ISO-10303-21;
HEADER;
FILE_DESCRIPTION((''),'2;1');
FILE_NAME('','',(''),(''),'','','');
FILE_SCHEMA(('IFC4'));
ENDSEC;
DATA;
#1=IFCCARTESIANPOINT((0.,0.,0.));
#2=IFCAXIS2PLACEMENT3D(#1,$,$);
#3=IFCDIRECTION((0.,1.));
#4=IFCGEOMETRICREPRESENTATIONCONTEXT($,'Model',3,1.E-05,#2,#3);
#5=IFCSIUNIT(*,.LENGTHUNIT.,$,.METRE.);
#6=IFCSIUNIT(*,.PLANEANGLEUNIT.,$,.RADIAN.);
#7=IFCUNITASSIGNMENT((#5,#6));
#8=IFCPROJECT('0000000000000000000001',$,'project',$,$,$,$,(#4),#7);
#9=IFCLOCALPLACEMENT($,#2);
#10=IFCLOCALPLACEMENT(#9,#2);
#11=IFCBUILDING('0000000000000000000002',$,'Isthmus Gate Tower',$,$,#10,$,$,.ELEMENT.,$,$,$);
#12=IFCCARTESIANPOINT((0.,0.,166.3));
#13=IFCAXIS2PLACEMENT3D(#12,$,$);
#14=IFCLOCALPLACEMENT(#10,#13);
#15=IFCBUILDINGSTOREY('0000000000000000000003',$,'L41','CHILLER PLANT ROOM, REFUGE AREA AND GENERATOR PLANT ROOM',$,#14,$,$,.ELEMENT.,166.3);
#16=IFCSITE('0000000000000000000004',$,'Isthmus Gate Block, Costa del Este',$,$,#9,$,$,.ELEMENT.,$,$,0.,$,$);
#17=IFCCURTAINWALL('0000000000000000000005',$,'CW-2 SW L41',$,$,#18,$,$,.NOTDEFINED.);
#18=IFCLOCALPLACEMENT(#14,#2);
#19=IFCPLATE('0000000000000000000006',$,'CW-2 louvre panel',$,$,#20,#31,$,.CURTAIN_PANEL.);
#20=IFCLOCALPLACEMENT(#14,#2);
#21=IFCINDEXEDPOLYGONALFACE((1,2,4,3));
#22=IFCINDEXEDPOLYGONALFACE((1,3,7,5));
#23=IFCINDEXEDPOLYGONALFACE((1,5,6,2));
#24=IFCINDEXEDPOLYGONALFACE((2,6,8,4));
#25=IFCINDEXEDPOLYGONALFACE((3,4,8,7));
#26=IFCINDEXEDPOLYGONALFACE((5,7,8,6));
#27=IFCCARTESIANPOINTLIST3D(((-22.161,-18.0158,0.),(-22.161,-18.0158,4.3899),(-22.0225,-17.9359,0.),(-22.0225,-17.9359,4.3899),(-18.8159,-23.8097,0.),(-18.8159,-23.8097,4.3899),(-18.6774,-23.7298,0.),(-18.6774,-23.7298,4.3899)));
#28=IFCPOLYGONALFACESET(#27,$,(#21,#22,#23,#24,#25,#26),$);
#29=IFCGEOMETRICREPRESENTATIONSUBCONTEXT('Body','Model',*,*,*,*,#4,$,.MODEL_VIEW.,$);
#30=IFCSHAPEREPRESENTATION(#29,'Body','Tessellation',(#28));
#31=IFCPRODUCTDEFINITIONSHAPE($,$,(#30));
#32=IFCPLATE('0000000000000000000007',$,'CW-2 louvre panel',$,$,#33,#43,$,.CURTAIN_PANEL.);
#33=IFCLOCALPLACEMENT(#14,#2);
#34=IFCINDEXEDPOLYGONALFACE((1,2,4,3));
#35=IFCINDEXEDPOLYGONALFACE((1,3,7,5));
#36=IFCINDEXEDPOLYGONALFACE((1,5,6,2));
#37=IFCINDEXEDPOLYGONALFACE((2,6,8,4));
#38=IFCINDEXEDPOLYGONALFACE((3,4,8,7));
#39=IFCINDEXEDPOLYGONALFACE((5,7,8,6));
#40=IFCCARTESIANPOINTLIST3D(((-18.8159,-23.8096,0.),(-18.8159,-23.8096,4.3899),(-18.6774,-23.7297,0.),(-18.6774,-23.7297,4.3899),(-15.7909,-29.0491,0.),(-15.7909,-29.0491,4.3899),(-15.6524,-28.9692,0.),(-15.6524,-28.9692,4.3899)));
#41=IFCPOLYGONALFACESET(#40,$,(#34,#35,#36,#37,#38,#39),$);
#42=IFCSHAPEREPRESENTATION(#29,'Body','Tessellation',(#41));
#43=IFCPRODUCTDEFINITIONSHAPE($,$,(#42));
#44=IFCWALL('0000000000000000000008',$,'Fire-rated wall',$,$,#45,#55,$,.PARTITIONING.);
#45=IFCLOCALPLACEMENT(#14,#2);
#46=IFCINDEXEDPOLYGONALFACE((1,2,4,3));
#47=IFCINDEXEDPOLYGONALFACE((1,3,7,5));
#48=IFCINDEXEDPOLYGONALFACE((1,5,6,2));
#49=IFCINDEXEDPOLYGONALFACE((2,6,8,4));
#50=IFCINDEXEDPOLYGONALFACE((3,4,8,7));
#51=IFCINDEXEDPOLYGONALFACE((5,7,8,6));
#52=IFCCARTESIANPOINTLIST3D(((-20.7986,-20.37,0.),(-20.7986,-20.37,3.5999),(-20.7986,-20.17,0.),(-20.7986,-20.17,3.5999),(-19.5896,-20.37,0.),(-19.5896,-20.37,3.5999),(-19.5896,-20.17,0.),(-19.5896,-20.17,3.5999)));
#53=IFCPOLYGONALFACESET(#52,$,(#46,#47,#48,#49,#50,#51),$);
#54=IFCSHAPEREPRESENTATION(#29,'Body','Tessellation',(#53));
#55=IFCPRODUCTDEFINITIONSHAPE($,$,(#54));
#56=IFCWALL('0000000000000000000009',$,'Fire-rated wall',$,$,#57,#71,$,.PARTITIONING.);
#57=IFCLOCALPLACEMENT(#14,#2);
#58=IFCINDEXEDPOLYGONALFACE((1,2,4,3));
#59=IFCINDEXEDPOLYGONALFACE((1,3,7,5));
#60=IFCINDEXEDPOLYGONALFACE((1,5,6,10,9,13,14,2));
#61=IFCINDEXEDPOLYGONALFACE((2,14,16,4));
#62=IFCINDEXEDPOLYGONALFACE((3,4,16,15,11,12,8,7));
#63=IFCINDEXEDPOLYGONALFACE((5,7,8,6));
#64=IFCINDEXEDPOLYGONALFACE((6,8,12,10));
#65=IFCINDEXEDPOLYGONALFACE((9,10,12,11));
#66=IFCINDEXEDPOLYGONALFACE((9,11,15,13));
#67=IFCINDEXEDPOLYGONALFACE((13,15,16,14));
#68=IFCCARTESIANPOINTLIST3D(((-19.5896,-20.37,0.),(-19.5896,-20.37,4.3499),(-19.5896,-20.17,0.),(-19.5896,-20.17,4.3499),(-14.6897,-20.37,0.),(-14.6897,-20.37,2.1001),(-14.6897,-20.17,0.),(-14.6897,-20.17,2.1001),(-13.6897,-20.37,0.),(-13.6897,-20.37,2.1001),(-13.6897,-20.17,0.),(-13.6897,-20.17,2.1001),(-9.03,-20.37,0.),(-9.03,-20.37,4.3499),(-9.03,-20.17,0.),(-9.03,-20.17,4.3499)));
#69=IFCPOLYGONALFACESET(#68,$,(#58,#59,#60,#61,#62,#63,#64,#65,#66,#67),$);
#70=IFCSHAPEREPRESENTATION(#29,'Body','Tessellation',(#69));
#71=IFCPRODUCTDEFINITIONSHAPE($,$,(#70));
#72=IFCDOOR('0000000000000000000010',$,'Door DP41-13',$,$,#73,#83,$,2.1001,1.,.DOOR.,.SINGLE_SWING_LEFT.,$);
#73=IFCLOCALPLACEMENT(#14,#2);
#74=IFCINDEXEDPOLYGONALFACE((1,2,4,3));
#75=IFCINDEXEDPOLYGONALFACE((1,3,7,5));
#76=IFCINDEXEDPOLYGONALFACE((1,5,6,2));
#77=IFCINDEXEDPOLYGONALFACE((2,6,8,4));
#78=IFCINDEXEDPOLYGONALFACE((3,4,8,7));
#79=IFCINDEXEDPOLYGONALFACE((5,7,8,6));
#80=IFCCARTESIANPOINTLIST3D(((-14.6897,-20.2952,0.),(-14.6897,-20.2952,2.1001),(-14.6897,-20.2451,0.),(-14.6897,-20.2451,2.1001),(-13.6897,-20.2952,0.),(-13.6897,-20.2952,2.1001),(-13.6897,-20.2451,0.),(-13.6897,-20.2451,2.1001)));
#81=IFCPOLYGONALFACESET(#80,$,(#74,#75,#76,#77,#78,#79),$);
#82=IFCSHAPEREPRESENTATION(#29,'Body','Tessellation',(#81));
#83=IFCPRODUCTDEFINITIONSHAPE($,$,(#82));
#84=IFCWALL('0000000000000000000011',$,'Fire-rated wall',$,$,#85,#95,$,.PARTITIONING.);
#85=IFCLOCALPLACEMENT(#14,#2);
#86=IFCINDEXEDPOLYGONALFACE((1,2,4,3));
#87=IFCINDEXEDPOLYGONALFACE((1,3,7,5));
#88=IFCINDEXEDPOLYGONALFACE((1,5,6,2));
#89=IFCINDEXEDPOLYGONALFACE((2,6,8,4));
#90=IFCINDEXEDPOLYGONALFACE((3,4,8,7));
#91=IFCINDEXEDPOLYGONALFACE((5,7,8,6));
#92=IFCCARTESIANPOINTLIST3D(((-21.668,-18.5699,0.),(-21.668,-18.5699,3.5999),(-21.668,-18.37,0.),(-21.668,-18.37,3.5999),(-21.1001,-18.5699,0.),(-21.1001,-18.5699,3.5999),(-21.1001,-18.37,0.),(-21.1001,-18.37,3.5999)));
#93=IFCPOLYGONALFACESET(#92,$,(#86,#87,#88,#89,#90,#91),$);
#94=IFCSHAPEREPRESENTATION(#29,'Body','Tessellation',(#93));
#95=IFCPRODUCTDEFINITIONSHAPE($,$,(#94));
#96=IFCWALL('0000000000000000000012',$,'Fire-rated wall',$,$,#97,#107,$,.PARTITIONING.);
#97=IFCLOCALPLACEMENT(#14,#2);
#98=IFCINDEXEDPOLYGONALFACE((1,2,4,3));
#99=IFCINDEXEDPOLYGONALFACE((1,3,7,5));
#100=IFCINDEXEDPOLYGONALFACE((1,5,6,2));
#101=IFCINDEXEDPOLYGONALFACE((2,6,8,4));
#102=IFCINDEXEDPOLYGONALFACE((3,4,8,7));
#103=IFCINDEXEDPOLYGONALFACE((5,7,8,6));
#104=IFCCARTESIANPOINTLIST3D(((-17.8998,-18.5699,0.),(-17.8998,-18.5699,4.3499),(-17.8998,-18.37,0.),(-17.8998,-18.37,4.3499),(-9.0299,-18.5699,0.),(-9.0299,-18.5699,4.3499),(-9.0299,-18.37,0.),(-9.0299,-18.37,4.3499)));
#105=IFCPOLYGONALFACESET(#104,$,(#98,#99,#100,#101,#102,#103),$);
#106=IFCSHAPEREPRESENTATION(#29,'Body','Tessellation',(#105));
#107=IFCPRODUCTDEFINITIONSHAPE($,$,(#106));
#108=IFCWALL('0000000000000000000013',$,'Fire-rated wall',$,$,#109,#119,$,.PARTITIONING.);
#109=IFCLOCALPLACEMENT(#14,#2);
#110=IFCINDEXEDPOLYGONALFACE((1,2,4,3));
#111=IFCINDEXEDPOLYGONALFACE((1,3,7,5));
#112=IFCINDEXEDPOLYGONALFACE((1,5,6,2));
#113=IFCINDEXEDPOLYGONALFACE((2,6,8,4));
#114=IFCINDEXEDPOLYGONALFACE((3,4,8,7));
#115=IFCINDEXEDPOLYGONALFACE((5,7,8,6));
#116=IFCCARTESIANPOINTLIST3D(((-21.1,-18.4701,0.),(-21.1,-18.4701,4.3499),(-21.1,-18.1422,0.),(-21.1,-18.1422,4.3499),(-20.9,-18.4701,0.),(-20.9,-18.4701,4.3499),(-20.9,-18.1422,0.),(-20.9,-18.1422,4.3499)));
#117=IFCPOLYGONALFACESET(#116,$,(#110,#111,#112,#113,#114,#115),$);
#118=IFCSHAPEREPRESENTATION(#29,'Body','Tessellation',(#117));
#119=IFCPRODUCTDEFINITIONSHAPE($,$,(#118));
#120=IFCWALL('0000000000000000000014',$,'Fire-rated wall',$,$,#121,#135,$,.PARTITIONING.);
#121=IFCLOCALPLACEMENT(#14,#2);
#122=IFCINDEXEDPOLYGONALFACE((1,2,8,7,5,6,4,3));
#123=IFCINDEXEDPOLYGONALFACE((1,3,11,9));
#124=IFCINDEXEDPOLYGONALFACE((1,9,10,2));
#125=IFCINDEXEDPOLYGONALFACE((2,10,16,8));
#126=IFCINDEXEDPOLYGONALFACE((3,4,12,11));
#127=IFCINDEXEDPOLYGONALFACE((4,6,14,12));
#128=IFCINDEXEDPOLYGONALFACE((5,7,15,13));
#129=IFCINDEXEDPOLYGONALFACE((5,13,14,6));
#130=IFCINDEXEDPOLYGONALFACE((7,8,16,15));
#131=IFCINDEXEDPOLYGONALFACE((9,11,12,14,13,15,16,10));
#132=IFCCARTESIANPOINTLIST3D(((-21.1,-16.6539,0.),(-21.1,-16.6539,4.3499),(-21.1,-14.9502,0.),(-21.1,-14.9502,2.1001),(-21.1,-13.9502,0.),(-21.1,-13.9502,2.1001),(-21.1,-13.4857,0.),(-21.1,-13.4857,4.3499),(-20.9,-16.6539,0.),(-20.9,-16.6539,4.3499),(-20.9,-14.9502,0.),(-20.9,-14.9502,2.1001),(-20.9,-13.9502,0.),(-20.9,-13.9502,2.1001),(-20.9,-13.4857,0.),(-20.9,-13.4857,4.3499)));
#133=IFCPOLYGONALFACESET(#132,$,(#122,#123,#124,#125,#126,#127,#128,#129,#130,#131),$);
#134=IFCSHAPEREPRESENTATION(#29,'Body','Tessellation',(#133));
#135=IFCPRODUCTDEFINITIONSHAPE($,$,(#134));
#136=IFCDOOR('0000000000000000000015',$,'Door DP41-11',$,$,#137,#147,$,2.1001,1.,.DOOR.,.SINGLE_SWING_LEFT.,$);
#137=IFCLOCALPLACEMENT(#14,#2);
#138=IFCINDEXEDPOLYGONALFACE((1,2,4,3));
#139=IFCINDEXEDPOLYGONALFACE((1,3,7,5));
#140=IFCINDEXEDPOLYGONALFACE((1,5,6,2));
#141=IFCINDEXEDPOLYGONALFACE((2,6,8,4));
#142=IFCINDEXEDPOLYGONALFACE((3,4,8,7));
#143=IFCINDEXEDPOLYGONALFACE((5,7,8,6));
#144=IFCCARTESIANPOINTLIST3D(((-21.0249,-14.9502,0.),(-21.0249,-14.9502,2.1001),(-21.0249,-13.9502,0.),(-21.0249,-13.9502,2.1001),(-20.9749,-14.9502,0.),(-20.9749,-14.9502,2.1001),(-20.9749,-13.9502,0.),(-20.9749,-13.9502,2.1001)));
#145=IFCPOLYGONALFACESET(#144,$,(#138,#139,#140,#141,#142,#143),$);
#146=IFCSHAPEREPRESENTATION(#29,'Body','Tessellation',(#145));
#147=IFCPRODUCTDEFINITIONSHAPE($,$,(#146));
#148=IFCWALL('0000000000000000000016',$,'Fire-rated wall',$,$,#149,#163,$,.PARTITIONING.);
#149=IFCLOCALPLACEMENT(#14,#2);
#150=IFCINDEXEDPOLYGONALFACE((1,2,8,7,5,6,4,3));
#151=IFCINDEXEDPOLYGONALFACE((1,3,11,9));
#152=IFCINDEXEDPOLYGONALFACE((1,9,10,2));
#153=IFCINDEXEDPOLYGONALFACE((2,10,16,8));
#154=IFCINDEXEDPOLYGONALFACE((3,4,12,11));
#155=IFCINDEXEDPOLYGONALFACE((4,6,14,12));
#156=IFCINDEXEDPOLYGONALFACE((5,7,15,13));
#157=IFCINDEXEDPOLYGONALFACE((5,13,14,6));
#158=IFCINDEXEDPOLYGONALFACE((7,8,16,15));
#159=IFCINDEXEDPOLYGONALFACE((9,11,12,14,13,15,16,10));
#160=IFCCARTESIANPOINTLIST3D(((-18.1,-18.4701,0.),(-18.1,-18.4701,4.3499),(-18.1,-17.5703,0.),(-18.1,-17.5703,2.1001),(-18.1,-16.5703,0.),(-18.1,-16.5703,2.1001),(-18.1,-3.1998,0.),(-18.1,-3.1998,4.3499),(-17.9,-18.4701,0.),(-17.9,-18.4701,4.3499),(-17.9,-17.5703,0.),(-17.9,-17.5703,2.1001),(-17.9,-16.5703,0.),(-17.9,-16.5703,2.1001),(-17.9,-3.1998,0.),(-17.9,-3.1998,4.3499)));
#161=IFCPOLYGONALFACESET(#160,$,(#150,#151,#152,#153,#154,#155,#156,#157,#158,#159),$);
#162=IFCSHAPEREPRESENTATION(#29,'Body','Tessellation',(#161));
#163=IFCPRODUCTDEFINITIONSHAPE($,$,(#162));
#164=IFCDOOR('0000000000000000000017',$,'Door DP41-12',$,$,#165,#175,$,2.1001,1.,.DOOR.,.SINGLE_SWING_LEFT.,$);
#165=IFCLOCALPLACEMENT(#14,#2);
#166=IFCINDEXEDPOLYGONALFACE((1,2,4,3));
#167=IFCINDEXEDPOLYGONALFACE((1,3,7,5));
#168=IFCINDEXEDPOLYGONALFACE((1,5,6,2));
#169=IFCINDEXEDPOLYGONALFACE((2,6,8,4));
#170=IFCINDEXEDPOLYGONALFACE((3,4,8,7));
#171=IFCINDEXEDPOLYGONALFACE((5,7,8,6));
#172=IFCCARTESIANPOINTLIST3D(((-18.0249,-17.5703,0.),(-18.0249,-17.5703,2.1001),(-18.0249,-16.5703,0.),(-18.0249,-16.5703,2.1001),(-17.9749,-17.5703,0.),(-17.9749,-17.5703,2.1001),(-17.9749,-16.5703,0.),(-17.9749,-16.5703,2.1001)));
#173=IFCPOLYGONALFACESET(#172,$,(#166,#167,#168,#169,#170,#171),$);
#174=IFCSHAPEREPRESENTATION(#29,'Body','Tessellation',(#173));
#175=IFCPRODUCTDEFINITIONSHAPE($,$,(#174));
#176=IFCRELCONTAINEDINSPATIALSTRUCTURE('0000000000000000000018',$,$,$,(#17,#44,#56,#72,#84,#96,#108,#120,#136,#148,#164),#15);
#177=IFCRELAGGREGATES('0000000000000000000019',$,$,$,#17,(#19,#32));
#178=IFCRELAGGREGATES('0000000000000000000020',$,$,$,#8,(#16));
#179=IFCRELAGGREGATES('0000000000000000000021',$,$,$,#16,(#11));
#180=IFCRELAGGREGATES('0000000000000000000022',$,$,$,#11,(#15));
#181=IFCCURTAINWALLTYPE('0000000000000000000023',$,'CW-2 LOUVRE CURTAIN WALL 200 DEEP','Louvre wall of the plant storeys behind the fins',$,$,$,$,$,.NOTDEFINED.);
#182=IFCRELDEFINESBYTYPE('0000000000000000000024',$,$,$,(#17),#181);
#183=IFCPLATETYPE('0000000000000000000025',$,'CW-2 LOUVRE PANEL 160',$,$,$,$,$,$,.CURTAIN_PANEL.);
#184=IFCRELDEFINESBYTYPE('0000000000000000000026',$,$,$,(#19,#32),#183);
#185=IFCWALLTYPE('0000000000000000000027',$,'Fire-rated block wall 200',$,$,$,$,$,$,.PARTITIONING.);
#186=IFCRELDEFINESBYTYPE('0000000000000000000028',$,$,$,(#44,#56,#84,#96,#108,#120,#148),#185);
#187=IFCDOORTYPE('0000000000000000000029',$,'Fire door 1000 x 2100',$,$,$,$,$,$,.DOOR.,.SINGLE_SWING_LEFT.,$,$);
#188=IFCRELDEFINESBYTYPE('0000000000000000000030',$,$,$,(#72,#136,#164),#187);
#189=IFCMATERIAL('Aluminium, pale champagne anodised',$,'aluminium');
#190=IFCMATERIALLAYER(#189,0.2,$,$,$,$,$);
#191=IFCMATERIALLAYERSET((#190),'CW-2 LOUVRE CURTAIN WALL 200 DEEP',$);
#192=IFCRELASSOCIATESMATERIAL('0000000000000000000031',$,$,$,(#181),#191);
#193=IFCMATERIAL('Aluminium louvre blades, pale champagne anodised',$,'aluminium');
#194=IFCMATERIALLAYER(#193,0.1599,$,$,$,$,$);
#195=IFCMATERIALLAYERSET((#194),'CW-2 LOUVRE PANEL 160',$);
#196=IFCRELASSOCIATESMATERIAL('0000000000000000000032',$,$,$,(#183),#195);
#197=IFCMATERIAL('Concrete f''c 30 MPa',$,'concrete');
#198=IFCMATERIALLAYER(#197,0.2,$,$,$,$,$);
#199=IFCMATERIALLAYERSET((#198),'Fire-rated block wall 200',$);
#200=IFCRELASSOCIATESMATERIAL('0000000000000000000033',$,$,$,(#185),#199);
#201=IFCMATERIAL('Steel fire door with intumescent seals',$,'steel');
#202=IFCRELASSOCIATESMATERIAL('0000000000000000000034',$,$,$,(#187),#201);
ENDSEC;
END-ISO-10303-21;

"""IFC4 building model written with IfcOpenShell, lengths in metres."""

from ifc_helpers import new_model, si_unit, direction, frame, frame_2d, origin, origin_2d, place, context, subcontext, project, spatial, rectangle, extrude, material, layer, layer_set, type_object, element, fill, aggregate, save


model = new_model("IFC4")

# Units and contexts
model_context = context("Model", 3, precision=1e-05, world=origin(), true_north=direction((0.0, 1.0)))
body_context = subcontext(model_context, "Body", "Model", "MODEL_VIEW")
ifc_project = project(units=[si_unit("LENGTHUNIT", "METRE"), si_unit("PLANEANGLEUNIT", "RADIAN")], contexts=[model_context])

# Site, building, storey
site_placement = place(None, origin())
site = spatial("IfcSite", under=ifc_project, at=site_placement, Name="Isthmus Gate Block, Costa del Este", CompositionType="ELEMENT", RefElevation=0.0)
building_placement = place(site_placement, origin())
building = spatial("IfcBuilding", under=site, at=building_placement, Name="Isthmus Gate Tower", CompositionType="ELEMENT")
storey_placement = place(building_placement, frame((0.0, 0.0, 166.3)))
storey = spatial("IfcBuildingStorey", under=building, at=storey_placement, Name="L41", Description="CHILLER PLANT ROOM, REFUGE AREA AND GENERATOR PLANT ROOM", CompositionType="ELEMENT", Elevation=166.3)

# Curtain wall
ifc_material_1 = material(Name="Aluminium, pale champagne anodised", Category="aluminium")
ifc_layer_1 = layer(ifc_material_1, 0.2)
ifc_layer_set_1 = layer_set([ifc_layer_1], Name="CW-2 LOUVRE CURTAIN WALL 200 DEEP")
curtain_wall_type = type_object("IfcCurtainWallType", Name="CW-2 LOUVRE CURTAIN WALL 200 DEEP", Description="Louvre wall of the plant storeys behind the fins", PredefinedType="NOTDEFINED", material=ifc_layer_set_1)
curtain_wall_1_placement = place(storey_placement, origin())
curtain_wall_1 = element("IfcCurtainWall", 1, at=curtain_wall_1_placement, inside=storey, type_object=curtain_wall_type, Name="CW-2 SW L41", PredefinedType="NOTDEFINED")

# Plates
ifc_material_2 = material(Name="Aluminium louvre blades, pale champagne anodised", Category="aluminium")
ifc_layer_2 = layer(ifc_material_2, 0.1599)
ifc_layer_set_2 = layer_set([ifc_layer_2], Name="CW-2 LOUVRE PANEL 160")
plate_type = type_object("IfcPlateType", Name="CW-2 LOUVRE PANEL 160", PredefinedType="CURTAIN_PANEL", material=ifc_layer_set_2)
plate_1_placement = place(storey_placement, frame((-20.4192, -20.8728, 0.0), z_axis=(0.0, 0.0, 1.0), x_axis=(0.5, -0.866025, 0.0)))
plate_1 = element("IfcPlate", 2, at=plate_1_placement, type_object=plate_type, Name="CW-2 louvre panel", PredefinedType="CURTAIN_PANEL", context=body_context, shape_type="SweptSolid", body=[
    extrude(rectangle(XDim=6.6902, YDim=0.1599, at=origin_2d()), origin(), (0.0, 0.0, 1.0), 4.3899),
])
plate_2_placement = place(storey_placement, frame((-17.2341, -26.3894, 0.0), z_axis=(0.0, 0.0, 1.0), x_axis=(0.5, -0.866025, 0.0)))
plate_2 = element("IfcPlate", 3, at=plate_2_placement, type_object=plate_type, Name="CW-2 louvre panel", PredefinedType="CURTAIN_PANEL", context=body_context, shape_type="SweptSolid", body=[
    extrude(rectangle(XDim=6.05, YDim=0.1599, at=origin_2d()), origin(), (0.0, 0.0, 1.0), 4.3899),
])
aggregate(curtain_wall_1, [plate_1, plate_2])

# Wall
ifc_material_3 = material(Name="Concrete f'c 30 MPa", Category="concrete")
ifc_layer_3 = layer(ifc_material_3, 0.2)
ifc_layer_set_3 = layer_set([ifc_layer_3], Name="Fire-rated block wall 200")
wall_type = type_object("IfcWallType", Name="Fire-rated block wall 200", PredefinedType="PARTITIONING", material=ifc_layer_set_3)
wall_1_placement = place(storey_placement, frame((-20.7986, -20.27, 0.0), z_axis=(0.0, 0.0, 1.0), x_axis=(1.0, 0.0, 0.0)))
element("IfcWall", 4, at=wall_1_placement, inside=storey, type_object=wall_type, Name="Fire-rated wall", PredefinedType="PARTITIONING", context=body_context, shape_type="SweptSolid", body=[
    extrude(rectangle(XDim=1.209, YDim=0.2, at=frame_2d((0.6045, 0.0))), origin(), (0.0, 0.0, 1.0), 3.5999),
])

# Wall, opening, door
wall_2_placement = place(storey_placement, frame((-19.5896, -20.27, 0.0), z_axis=(0.0, 0.0, 1.0), x_axis=(1.0, 0.0, 0.0)))
wall_2 = element("IfcWall", 5, at=wall_2_placement, inside=storey, type_object=wall_type, Name="Fire-rated wall", PredefinedType="PARTITIONING", context=body_context, shape_type="SweptSolid", body=[
    extrude(rectangle(XDim=10.5596, YDim=0.2, at=frame_2d((5.2798, 0.0))), origin(), (0.0, 0.0, 1.0), 4.3499),
])
opening_1_placement = place(wall_2_placement, frame((4.8999, 0.0, 0.0)))
opening_1 = element("IfcOpeningElement", 6, at=opening_1_placement, cuts=wall_2, PredefinedType="OPENING", context=body_context, shape_type="SweptSolid", body=[
    extrude(rectangle(XDim=1.0, YDim=2.1001, at=frame_2d((0.5, 1.05))), frame((0.0, 0.1099, 0.0), z_axis=(0.0, -1.0, 0.0), x_axis=(1.0, 0.0, 0.0)), (0.0, 0.0, 1.0), 0.22),
])
ifc_material_4 = material(Name="Steel fire door with intumescent seals", Category="steel")
door_type = type_object("IfcDoorType", Name="Fire door 1000 x 2100", OperationType="SINGLE_SWING_LEFT", PredefinedType="DOOR", material=ifc_material_4)
door_1_placement = place(opening_1_placement, origin())
door_1 = element("IfcDoor", 7, at=door_1_placement, inside=storey, type_object=door_type, Name="Door DP41-13", OperationType="SINGLE_SWING_LEFT", OverallHeight=2.1001, OverallWidth=1.0, PredefinedType="DOOR", context=body_context, shape_type="SweptSolid", body=[
    extrude(rectangle(XDim=1.0, YDim=2.1001, at=frame_2d((0.5, 1.05))), frame((0.0, 0.0249, 0.0), z_axis=(0.0, -1.0, 0.0), x_axis=(1.0, 0.0, 0.0)), (0.0, 0.0, 1.0), 0.05),
])
fill(opening_1, door_1)

# Walls
wall_3_placement = place(storey_placement, frame((-21.668, -18.47, 0.0), z_axis=(0.0, 0.0, 1.0), x_axis=(1.0, 0.0, 0.0)))
element("IfcWall", 8, at=wall_3_placement, inside=storey, type_object=wall_type, Name="Fire-rated wall", PredefinedType="PARTITIONING", context=body_context, shape_type="SweptSolid", body=[
    extrude(rectangle(XDim=0.5679, YDim=0.2, at=frame_2d((0.2839, 0.0))), origin(), (0.0, 0.0, 1.0), 3.5999),
])
wall_4_placement = place(storey_placement, frame((-17.8999, -18.47, 0.0), z_axis=(0.0, 0.0, 1.0), x_axis=(1.0, 0.0, 0.0)))
element("IfcWall", 9, at=wall_4_placement, inside=storey, type_object=wall_type, Name="Fire-rated wall", PredefinedType="PARTITIONING", context=body_context, shape_type="SweptSolid", body=[
    extrude(rectangle(XDim=8.8699, YDim=0.2, at=frame_2d((4.4351, 0.0))), origin(), (0.0, 0.0, 1.0), 4.3499),
])
wall_5_placement = place(storey_placement, frame((-21.0, -18.4702, 0.0), z_axis=(0.0, 0.0, 1.0), x_axis=(0.0, 1.0, 0.0)))
element("IfcWall", 10, at=wall_5_placement, inside=storey, type_object=wall_type, Name="Fire-rated wall", PredefinedType="PARTITIONING", context=body_context, shape_type="SweptSolid", body=[
    extrude(rectangle(XDim=0.3279, YDim=0.2, at=frame_2d((0.1641, 0.0))), origin(), (0.0, 0.0, 1.0), 4.3499),
])

# Walls, openings, doors
wall_6_placement = place(storey_placement, frame((-21.0, -16.6538, 0.0), z_axis=(0.0, 0.0, 1.0), x_axis=(0.0, 1.0, 0.0)))
wall_6 = element("IfcWall", 11, at=wall_6_placement, inside=storey, type_object=wall_type, Name="Fire-rated wall", PredefinedType="PARTITIONING", context=body_context, shape_type="SweptSolid", body=[
    extrude(rectangle(XDim=3.1682, YDim=0.2, at=frame_2d((1.584, 0.0))), origin(), (0.0, 0.0, 1.0), 4.3499),
])
opening_2_placement = place(wall_6_placement, frame((1.7036, 0.0, 0.0)))
opening_2 = element("IfcOpeningElement", 12, at=opening_2_placement, cuts=wall_6, PredefinedType="OPENING", context=body_context, shape_type="SweptSolid", body=[
    extrude(rectangle(XDim=1.0, YDim=2.1001, at=frame_2d((0.5, 1.05))), frame((0.0, 0.1099, 0.0), z_axis=(0.0, -1.0, 0.0), x_axis=(1.0, 0.0, 0.0)), (0.0, 0.0, 1.0), 0.22),
])
door_2_placement = place(opening_2_placement, origin())
door_2 = element("IfcDoor", 13, at=door_2_placement, inside=storey, type_object=door_type, Name="Door DP41-11", OperationType="SINGLE_SWING_LEFT", OverallHeight=2.1001, OverallWidth=1.0, PredefinedType="DOOR", context=body_context, shape_type="SweptSolid", body=[
    extrude(rectangle(XDim=1.0, YDim=2.1001, at=frame_2d((0.5, 1.05))), frame((0.0, 0.0249, 0.0), z_axis=(0.0, -1.0, 0.0), x_axis=(1.0, 0.0, 0.0)), (0.0, 0.0, 1.0), 0.05),
])
fill(opening_2, door_2)
wall_7_placement = place(storey_placement, frame((-18.0, -18.4702, 0.0), z_axis=(0.0, 0.0, 1.0), x_axis=(0.0, 1.0, 0.0)))
wall_7 = element("IfcWall", 14, at=wall_7_placement, inside=storey, type_object=wall_type, Name="Fire-rated wall", PredefinedType="PARTITIONING", context=body_context, shape_type="SweptSolid", body=[
    extrude(rectangle(XDim=15.2703, YDim=0.2, at=frame_2d((7.6353, 0.0))), origin(), (0.0, 0.0, 1.0), 4.3499),
])
opening_3_placement = place(wall_7_placement, frame((0.8999, 0.0, 0.0)))
opening_3 = element("IfcOpeningElement", 15, at=opening_3_placement, cuts=wall_7, PredefinedType="OPENING", context=body_context, shape_type="SweptSolid", body=[
    extrude(rectangle(XDim=1.0, YDim=2.1001, at=frame_2d((0.5, 1.05))), frame((0.0, 0.1099, 0.0), z_axis=(0.0, -1.0, 0.0), x_axis=(1.0, 0.0, 0.0)), (0.0, 0.0, 1.0), 0.22),
])
door_3_placement = place(opening_3_placement, origin())
door_3 = element("IfcDoor", 16, at=door_3_placement, inside=storey, type_object=door_type, Name="Door DP41-12", OperationType="SINGLE_SWING_LEFT", OverallHeight=2.1001, OverallWidth=1.0, PredefinedType="DOOR", context=body_context, shape_type="SweptSolid", body=[
    extrude(rectangle(XDim=1.0, YDim=2.1001, at=frame_2d((0.5, 1.05))), frame((0.0, 0.0249, 0.0), z_axis=(0.0, -1.0, 0.0), x_axis=(1.0, 0.0, 0.0)), (0.0, 0.0, 1.0), 0.05),
])
fill(opening_3, door_3)

save(model, "model.ifc")
